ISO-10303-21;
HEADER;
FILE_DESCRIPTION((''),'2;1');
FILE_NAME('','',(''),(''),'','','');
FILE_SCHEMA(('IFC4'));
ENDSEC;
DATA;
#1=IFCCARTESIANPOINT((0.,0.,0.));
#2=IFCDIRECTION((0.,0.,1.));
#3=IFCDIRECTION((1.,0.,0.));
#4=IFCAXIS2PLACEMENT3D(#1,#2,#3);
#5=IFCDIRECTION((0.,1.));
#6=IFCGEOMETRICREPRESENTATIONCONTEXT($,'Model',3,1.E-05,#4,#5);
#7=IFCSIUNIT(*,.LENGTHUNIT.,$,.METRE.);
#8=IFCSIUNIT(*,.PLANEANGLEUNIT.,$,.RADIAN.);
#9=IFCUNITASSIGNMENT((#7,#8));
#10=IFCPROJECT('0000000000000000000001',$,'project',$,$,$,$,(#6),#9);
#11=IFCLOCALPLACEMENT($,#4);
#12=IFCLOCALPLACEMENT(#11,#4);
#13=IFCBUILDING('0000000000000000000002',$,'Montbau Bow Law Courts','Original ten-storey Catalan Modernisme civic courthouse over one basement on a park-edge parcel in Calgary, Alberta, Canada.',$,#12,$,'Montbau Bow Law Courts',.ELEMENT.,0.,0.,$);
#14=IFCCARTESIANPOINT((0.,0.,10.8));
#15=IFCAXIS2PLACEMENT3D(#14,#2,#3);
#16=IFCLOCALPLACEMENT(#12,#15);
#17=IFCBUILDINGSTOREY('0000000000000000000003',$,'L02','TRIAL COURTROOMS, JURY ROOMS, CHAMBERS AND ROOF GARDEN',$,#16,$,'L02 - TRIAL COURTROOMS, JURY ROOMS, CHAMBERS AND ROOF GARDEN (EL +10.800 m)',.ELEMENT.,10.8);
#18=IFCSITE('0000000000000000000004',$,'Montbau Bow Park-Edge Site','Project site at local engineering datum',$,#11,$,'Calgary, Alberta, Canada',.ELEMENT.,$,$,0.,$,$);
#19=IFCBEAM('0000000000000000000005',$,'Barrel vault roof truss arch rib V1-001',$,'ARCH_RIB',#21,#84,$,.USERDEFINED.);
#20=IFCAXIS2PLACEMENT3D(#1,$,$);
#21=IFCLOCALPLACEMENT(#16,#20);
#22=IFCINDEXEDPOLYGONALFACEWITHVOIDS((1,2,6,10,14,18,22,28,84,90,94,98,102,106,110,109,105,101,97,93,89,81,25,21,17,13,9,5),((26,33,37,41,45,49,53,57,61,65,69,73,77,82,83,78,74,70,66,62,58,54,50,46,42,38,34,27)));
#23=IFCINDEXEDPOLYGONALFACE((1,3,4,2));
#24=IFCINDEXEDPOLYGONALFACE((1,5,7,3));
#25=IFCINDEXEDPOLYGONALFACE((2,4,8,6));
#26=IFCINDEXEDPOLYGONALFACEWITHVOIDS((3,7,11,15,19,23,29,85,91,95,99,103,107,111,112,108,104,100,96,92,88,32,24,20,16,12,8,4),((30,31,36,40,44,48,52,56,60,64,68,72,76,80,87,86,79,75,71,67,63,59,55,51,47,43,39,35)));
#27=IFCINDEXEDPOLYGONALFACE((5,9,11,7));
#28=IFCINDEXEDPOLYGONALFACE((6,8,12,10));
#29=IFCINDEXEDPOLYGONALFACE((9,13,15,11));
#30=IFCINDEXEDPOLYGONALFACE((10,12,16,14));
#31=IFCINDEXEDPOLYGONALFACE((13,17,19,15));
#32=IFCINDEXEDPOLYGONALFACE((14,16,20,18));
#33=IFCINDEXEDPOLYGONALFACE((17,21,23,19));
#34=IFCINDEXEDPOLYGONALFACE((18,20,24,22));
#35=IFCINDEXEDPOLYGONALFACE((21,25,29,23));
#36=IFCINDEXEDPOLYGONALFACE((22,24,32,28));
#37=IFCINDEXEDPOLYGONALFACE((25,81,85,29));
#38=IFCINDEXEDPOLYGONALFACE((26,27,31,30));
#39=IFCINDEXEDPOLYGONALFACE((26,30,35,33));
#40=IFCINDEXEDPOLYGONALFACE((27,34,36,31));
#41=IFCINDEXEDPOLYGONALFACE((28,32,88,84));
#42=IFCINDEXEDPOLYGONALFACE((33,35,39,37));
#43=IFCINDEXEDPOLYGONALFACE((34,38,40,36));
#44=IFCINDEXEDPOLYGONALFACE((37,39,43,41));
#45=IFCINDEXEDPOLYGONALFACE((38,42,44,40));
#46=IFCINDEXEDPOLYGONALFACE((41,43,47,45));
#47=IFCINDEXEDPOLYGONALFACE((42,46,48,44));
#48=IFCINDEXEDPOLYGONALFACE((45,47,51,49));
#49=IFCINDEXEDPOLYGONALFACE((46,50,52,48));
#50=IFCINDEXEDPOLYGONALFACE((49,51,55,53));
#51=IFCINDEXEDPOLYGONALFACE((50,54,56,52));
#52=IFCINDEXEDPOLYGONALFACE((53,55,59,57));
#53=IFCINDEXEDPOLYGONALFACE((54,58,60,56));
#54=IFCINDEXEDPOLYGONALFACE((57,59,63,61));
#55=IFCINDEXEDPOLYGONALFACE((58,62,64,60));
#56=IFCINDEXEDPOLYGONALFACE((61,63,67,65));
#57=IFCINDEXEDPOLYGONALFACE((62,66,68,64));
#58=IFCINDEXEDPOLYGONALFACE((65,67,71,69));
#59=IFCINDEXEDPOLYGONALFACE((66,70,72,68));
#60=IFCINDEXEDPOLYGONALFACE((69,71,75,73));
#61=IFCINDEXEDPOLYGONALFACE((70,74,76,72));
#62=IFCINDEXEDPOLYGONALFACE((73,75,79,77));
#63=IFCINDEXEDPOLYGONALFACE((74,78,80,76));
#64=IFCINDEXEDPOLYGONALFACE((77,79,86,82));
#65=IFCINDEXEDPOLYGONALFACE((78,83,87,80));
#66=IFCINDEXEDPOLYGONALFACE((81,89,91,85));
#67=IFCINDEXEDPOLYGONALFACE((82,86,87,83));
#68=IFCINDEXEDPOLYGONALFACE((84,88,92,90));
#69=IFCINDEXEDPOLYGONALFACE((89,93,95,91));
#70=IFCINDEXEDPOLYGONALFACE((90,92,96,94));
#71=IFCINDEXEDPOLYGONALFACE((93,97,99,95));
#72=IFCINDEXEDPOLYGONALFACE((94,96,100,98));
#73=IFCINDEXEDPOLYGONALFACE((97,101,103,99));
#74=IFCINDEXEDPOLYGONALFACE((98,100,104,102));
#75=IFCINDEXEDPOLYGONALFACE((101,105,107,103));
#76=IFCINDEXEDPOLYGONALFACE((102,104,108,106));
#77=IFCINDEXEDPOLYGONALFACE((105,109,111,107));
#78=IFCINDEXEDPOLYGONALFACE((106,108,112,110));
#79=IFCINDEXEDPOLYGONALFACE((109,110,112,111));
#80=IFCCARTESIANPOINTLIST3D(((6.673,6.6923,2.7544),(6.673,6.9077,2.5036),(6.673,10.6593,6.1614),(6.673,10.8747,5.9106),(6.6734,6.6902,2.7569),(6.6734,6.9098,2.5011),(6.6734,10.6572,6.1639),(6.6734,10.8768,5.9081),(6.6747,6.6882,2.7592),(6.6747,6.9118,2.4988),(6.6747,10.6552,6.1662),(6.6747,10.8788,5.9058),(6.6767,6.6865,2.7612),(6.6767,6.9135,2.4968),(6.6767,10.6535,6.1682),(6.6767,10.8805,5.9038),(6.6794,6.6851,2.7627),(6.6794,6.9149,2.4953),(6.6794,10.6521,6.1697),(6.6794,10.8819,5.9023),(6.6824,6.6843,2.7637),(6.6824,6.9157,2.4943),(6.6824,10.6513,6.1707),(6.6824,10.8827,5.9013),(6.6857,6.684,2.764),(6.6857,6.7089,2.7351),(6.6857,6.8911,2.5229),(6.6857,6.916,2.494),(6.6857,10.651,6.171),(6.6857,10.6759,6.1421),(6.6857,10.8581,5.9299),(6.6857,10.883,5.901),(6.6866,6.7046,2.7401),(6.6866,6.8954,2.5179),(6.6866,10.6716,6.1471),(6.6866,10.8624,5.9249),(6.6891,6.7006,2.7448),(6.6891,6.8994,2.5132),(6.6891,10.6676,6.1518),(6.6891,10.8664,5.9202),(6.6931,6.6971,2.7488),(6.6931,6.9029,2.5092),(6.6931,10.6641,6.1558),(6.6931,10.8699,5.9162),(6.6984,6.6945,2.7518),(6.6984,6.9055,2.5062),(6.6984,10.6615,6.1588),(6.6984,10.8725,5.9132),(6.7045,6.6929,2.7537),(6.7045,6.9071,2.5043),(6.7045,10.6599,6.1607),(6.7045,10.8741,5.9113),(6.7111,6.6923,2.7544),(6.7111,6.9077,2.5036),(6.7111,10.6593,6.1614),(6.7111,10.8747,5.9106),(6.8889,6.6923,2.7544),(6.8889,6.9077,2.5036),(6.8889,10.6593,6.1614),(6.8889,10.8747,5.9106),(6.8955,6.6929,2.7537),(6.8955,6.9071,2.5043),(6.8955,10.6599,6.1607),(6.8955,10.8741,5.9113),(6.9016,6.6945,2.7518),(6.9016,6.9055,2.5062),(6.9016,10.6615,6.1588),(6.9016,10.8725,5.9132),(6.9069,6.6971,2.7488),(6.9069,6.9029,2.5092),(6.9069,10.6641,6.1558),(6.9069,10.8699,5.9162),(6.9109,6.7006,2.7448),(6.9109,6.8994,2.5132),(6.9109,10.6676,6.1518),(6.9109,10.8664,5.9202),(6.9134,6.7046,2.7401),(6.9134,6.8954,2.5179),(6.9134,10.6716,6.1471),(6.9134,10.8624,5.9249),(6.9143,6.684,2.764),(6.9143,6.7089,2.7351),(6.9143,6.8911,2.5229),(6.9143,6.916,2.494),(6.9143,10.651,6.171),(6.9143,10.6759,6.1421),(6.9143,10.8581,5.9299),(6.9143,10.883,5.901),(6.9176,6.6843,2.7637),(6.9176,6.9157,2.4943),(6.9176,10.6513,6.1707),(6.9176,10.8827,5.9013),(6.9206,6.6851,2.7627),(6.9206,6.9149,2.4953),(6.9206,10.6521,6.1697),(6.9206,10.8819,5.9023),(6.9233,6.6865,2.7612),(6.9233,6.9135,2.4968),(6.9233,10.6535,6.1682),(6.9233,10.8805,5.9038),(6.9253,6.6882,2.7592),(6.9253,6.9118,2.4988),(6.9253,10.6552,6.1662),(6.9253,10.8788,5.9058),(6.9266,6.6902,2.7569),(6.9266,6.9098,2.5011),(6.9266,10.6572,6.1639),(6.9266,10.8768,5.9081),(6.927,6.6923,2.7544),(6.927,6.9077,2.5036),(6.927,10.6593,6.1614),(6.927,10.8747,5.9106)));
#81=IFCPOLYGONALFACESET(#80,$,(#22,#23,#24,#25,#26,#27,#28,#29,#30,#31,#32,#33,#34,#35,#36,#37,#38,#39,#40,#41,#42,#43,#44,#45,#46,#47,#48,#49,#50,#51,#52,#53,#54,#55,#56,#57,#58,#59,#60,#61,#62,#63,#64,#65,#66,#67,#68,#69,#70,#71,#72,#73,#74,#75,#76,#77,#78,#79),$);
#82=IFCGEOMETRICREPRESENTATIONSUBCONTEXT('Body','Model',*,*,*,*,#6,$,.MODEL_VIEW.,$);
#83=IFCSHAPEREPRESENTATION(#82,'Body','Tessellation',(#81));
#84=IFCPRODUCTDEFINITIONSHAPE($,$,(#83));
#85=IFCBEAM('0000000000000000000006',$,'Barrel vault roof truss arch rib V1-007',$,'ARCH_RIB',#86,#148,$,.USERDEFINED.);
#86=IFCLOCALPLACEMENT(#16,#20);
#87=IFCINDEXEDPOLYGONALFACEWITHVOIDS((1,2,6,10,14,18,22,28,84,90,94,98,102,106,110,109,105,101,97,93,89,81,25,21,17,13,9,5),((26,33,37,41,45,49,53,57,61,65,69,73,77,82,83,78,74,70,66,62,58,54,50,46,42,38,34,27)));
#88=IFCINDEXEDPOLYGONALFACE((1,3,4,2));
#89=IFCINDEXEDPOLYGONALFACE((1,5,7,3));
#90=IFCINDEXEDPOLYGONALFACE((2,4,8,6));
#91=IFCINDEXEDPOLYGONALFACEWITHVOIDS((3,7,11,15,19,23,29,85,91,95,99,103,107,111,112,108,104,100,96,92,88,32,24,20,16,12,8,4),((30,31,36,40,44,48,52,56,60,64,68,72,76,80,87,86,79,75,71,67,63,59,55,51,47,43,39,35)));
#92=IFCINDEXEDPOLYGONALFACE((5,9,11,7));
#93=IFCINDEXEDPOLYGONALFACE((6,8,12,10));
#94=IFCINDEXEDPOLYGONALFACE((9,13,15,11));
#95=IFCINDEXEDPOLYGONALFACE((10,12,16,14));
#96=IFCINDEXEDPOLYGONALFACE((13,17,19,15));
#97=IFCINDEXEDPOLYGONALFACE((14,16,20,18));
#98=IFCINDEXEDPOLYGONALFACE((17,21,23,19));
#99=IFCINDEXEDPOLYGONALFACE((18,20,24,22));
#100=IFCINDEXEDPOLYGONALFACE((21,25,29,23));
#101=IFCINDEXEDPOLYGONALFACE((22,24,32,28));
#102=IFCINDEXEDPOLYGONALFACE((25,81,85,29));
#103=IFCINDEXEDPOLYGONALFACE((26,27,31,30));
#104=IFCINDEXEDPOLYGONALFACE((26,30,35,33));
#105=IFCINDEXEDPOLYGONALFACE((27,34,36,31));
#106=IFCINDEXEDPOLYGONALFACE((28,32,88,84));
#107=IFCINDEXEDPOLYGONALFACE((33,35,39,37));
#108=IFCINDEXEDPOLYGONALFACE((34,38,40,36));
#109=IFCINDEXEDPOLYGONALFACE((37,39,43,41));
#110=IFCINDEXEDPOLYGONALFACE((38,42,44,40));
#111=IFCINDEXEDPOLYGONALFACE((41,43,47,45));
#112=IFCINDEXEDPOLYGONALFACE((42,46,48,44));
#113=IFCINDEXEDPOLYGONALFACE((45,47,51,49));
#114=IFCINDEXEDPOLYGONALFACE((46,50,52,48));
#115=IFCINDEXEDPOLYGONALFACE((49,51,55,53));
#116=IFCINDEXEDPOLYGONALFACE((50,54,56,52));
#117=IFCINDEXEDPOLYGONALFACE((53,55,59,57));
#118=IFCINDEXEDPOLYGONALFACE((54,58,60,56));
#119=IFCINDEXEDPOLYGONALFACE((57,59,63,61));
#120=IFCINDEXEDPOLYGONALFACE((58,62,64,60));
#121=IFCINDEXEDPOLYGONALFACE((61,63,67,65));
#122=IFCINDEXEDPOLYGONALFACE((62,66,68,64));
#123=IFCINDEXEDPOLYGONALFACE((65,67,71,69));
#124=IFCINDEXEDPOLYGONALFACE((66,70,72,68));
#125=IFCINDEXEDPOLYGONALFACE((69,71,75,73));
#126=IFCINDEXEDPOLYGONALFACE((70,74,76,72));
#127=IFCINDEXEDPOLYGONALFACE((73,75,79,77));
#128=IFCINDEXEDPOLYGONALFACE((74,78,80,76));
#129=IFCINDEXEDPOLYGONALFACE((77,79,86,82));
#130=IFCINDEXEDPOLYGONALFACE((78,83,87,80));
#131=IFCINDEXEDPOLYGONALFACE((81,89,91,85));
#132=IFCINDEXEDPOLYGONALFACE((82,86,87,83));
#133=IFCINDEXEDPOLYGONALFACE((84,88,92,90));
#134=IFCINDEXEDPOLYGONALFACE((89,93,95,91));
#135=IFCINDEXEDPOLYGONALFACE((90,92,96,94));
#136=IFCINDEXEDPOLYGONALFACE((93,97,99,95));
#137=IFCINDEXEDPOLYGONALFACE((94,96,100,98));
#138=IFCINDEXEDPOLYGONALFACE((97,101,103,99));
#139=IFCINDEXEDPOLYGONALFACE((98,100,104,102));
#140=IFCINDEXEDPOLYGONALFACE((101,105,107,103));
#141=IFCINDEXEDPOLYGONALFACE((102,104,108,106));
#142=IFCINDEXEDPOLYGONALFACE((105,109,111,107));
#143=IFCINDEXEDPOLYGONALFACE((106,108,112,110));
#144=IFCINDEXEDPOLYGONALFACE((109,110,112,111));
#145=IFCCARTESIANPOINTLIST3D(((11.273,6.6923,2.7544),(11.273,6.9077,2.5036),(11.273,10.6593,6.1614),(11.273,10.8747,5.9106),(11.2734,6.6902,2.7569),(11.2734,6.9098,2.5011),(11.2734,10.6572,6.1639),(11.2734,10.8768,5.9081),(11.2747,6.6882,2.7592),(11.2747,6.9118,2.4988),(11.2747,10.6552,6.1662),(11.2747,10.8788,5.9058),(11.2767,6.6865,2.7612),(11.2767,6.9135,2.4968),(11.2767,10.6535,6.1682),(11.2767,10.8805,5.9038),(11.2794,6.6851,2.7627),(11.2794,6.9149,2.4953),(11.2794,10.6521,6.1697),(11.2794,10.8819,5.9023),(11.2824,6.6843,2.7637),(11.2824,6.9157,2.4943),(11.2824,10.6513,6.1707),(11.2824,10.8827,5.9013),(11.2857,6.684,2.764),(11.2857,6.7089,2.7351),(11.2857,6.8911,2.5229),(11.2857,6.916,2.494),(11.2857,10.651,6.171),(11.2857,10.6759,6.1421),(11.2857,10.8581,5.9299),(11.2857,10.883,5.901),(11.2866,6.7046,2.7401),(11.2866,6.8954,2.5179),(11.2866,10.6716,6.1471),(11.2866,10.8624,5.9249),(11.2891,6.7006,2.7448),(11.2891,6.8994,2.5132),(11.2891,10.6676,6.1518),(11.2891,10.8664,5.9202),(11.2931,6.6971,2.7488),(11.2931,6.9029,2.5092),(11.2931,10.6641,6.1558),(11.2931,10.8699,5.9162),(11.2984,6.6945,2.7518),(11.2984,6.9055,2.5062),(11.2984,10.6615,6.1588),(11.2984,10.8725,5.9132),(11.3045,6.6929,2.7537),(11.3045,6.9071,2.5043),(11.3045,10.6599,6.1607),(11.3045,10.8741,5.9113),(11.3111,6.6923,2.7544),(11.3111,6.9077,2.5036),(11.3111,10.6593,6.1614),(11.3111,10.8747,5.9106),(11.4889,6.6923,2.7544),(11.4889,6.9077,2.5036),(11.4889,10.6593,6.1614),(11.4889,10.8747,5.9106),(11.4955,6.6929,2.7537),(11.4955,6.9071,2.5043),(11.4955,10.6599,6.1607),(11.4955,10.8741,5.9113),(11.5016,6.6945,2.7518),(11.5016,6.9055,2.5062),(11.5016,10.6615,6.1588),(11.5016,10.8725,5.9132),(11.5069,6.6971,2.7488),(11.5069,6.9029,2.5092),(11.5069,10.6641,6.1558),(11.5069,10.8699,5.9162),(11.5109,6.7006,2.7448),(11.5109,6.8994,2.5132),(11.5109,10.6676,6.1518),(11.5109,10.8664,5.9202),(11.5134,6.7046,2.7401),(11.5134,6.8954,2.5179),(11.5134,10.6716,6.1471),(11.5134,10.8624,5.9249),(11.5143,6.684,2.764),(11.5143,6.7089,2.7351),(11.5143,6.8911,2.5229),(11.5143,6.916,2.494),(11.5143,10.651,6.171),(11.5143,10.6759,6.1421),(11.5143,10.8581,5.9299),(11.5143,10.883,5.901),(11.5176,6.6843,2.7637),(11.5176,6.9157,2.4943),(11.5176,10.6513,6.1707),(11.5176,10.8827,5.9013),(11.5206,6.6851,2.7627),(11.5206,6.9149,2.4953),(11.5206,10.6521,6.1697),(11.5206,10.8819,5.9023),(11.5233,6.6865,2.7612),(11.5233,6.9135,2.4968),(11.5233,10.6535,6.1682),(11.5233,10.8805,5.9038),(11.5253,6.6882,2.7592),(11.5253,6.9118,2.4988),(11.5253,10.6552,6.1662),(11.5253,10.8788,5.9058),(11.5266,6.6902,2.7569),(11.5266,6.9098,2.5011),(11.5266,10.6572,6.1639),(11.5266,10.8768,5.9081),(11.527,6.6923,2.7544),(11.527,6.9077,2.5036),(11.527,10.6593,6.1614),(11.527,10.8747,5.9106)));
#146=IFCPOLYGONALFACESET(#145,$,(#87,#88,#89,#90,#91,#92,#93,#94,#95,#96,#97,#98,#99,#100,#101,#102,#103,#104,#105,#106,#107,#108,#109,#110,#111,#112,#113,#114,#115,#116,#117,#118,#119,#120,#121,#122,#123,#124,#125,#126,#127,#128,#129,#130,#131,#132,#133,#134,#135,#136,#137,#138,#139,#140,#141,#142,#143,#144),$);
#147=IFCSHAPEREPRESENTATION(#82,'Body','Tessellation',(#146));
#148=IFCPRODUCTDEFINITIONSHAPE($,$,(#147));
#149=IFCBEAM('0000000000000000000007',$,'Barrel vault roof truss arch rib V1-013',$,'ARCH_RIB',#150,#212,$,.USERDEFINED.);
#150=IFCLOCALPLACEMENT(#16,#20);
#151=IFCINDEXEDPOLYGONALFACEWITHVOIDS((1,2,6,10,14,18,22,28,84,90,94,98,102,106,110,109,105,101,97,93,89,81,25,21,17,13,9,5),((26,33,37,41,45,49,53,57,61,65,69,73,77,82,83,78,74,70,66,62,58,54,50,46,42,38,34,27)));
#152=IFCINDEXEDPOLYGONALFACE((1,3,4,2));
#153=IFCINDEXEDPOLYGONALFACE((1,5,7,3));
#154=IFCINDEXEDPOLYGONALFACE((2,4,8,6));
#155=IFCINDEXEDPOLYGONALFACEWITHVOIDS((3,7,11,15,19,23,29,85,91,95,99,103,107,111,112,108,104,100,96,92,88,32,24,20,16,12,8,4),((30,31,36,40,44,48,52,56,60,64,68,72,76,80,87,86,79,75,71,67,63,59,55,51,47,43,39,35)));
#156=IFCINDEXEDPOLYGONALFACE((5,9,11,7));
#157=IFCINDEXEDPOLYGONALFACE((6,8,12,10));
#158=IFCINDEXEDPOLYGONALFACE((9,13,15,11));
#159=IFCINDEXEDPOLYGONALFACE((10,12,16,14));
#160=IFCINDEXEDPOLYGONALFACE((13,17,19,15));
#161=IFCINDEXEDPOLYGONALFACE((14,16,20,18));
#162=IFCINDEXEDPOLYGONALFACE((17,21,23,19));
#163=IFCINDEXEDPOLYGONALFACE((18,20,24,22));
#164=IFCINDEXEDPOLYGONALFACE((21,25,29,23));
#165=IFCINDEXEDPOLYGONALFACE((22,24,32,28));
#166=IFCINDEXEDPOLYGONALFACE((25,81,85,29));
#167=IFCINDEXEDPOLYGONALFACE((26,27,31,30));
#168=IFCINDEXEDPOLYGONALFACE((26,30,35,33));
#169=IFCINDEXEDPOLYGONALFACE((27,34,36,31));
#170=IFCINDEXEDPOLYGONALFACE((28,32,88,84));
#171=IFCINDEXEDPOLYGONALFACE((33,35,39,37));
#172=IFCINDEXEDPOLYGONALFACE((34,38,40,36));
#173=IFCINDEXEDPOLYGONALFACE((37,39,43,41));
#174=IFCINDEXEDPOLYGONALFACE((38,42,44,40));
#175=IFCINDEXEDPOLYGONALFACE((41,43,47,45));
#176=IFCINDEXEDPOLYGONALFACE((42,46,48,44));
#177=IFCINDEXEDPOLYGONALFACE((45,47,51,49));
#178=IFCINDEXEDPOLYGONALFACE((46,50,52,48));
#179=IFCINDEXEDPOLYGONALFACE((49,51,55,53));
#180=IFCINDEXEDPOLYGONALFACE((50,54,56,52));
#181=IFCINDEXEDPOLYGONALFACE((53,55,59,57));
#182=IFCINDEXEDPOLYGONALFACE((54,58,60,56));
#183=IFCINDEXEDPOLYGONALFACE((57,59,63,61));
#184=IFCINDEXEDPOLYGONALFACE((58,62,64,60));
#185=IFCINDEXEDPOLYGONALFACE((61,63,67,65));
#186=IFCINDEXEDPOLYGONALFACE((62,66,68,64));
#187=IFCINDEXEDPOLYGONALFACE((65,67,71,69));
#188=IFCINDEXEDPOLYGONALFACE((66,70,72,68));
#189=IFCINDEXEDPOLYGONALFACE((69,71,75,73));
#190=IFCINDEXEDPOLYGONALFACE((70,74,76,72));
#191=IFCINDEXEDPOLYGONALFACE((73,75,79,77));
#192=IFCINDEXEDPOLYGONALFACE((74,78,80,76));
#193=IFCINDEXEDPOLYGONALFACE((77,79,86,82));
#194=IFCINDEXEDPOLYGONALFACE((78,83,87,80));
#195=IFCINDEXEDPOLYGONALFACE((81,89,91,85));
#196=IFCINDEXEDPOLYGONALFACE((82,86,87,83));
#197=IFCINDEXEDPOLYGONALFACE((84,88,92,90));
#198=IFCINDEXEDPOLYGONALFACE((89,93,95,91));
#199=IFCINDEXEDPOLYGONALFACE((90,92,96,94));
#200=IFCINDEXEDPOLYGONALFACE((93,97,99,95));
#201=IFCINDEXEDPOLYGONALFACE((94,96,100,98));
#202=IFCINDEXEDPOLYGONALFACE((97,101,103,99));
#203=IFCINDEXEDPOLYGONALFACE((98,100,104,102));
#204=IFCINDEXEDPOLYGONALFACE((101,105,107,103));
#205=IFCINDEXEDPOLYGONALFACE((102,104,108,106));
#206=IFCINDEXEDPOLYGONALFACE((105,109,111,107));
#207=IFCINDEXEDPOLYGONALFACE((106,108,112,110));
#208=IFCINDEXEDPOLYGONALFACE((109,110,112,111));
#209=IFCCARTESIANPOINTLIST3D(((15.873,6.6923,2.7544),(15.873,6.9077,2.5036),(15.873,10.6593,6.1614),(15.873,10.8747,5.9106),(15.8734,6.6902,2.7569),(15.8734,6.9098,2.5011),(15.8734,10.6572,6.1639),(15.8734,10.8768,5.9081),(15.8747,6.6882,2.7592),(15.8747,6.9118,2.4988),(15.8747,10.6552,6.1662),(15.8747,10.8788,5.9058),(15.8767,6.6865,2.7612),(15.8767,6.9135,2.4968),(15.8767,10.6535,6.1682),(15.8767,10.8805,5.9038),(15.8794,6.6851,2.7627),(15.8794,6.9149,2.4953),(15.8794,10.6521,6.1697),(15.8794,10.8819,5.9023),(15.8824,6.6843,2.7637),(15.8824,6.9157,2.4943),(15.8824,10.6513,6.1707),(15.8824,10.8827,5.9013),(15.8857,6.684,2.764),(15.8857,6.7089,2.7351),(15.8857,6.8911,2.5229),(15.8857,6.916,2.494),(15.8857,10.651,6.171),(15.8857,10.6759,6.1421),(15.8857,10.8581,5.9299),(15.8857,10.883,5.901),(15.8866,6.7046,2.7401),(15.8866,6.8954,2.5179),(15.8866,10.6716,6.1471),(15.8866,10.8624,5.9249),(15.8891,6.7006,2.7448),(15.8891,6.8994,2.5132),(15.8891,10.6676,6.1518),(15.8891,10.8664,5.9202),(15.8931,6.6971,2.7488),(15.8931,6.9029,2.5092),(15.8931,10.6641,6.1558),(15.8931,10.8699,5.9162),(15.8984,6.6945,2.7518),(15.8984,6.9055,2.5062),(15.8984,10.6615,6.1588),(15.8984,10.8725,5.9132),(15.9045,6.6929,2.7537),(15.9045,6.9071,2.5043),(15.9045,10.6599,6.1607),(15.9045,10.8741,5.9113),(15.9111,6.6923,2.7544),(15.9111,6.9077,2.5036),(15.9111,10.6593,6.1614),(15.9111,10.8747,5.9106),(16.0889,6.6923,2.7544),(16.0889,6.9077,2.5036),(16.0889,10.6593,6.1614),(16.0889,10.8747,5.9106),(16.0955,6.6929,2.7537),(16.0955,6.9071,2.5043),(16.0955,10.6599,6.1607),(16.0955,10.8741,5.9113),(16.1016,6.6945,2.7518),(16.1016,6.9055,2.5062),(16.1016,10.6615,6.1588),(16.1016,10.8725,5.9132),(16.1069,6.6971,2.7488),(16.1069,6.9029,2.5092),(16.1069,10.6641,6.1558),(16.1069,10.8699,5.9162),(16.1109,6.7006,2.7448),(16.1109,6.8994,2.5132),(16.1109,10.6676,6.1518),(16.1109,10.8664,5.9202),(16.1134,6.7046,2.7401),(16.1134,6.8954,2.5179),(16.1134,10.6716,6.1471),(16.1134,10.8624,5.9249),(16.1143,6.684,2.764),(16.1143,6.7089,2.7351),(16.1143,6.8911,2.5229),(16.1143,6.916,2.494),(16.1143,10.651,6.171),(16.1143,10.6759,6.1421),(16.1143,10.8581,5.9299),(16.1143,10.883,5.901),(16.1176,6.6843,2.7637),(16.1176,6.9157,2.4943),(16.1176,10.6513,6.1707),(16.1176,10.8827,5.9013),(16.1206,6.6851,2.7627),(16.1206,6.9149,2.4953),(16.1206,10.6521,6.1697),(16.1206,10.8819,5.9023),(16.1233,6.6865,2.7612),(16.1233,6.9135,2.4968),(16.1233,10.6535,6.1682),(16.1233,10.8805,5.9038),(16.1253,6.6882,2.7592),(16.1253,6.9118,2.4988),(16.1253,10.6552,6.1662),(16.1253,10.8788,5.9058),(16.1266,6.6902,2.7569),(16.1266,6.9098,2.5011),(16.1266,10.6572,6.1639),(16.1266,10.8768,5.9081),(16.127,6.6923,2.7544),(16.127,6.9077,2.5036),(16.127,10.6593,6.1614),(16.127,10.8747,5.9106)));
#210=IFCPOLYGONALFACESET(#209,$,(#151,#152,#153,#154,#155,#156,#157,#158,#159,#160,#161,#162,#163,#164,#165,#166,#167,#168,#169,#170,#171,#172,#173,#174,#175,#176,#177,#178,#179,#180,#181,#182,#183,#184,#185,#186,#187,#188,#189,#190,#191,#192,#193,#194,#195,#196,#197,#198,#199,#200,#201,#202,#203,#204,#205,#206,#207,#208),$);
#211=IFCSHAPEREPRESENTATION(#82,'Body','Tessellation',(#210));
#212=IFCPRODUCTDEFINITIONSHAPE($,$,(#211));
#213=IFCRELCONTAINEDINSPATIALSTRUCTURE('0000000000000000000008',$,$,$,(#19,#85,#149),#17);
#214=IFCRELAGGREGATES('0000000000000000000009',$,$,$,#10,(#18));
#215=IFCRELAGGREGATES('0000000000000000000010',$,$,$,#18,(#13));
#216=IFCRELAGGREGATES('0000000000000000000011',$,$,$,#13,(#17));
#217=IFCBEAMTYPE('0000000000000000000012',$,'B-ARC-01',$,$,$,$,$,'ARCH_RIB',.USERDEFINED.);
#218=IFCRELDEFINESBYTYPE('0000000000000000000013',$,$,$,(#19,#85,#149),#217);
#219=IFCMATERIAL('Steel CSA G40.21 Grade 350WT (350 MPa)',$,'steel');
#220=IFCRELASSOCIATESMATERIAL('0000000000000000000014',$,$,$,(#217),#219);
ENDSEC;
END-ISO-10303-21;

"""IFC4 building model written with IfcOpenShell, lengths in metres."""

from ifc_helpers import new_model, si_unit, direction, frame, origin_with_axes, origin_2d_with_axis, place, context, subcontext, project, spatial, hollow_rectangle, extrude, material, material_profile, profile_set, type_object, element, save


model = new_model("IFC4")

# Units and contexts
model_context = context("Model", 3, precision=1e-05, world=origin_with_axes(), true_north=direction((0.0, 1.0)))
body_context = subcontext(model_context, "Body", "Model", "MODEL_VIEW")
ifc_project = project(units=[si_unit("LENGTHUNIT", "METRE"), si_unit("PLANEANGLEUNIT", "RADIAN")], contexts=[model_context])

# Site, building, storey
site_placement = place(None, origin_with_axes())
site = spatial("IfcSite", under=ifc_project, at=site_placement, Name="Montbau Bow Park-Edge Site", Description="Project site at local engineering datum", LongName="Calgary, Alberta, Canada", CompositionType="ELEMENT", RefElevation=0.0)
building_placement = place(site_placement, origin_with_axes())
building = spatial("IfcBuilding", under=site, at=building_placement, Name="Montbau Bow Law Courts", Description="Original ten-storey Catalan Modernisme civic courthouse over one basement on a park-edge parcel in Calgary, Alberta, Canada.", LongName="Montbau Bow Law Courts", CompositionType="ELEMENT", ElevationOfRefHeight=0.0, ElevationOfTerrain=0.0)
storey_placement = place(building_placement, frame((0.0, 0.0, 10.8), z_axis=(0.0, 0.0, 1.0), x_axis=(1.0, 0.0, 0.0)))
storey = spatial("IfcBuildingStorey", under=building, at=storey_placement, Name="L02", Description="TRIAL COURTROOMS, JURY ROOMS, CHAMBERS AND ROOF GARDEN", LongName="L02 - TRIAL COURTROOMS, JURY ROOMS, CHAMBERS AND ROOF GARDEN (EL +10.800 m)", CompositionType="ELEMENT", Elevation=10.8)

# Beams
ifc_material_1 = material(Name="Steel CSA G40.21 Grade 350WT (350 MPa)", Category="steel")
ifc_material_profile_1 = material_profile(ifc_material_1, hollow_rectangle(XDim=0.254, YDim=0.356, WallThickness=0.0127, InnerFilletRadius=0.0254, OuterFilletRadius=0.0127, at=origin_2d_with_axis()), Name="HSS356X254X13", Category="Main", Priority=0)
ifc_profile_set_1 = profile_set([ifc_material_profile_1], Name="Steel CSA G40.21 Grade 350WT (350 MPa)")
beam_type = type_object("IfcBeamType", Name="B-ARC-01", ElementType="ARCH_RIB", PredefinedType="USERDEFINED", material=ifc_profile_set_1)
for number, where, z_axis, x_axis, name in (
    (1, (6.8, 6.8, 13.429), (0.0, 0.758622, 0.651531), (-1.0, 0.0, 0.0), "Barrel vault roof truss arch rib V1-001"),
    (2, (11.4, 6.8, 13.429), (0.0, 0.758622, 0.651531), (-1.0, 0.0, 0.0), "Barrel vault roof truss arch rib V1-007"),
    (3, (16.0, 6.8, 13.429), (0.0, 0.758622, 0.651531), (-1.0, 0.0, 0.0), "Barrel vault roof truss arch rib V1-013"),
):
    element("IfcBeam", number, at=place(None, frame(where, z_axis=z_axis, x_axis=x_axis)), inside=storey, type_object=beam_type, Name=name, ObjectType="ARCH_RIB", PredefinedType="USERDEFINED", context=body_context, shape_type="SweptSolid", body=[
        extrude(hollow_rectangle(XDim=0.254, YDim=0.356, WallThickness=0.0127, InnerFilletRadius=0.0254, OuterFilletRadius=0.0127, at=origin_2d_with_axis()), origin_with_axes(), (0.0, 0.0, 1.0), 5.2292),
    ])

save(model, "model.ifc")
